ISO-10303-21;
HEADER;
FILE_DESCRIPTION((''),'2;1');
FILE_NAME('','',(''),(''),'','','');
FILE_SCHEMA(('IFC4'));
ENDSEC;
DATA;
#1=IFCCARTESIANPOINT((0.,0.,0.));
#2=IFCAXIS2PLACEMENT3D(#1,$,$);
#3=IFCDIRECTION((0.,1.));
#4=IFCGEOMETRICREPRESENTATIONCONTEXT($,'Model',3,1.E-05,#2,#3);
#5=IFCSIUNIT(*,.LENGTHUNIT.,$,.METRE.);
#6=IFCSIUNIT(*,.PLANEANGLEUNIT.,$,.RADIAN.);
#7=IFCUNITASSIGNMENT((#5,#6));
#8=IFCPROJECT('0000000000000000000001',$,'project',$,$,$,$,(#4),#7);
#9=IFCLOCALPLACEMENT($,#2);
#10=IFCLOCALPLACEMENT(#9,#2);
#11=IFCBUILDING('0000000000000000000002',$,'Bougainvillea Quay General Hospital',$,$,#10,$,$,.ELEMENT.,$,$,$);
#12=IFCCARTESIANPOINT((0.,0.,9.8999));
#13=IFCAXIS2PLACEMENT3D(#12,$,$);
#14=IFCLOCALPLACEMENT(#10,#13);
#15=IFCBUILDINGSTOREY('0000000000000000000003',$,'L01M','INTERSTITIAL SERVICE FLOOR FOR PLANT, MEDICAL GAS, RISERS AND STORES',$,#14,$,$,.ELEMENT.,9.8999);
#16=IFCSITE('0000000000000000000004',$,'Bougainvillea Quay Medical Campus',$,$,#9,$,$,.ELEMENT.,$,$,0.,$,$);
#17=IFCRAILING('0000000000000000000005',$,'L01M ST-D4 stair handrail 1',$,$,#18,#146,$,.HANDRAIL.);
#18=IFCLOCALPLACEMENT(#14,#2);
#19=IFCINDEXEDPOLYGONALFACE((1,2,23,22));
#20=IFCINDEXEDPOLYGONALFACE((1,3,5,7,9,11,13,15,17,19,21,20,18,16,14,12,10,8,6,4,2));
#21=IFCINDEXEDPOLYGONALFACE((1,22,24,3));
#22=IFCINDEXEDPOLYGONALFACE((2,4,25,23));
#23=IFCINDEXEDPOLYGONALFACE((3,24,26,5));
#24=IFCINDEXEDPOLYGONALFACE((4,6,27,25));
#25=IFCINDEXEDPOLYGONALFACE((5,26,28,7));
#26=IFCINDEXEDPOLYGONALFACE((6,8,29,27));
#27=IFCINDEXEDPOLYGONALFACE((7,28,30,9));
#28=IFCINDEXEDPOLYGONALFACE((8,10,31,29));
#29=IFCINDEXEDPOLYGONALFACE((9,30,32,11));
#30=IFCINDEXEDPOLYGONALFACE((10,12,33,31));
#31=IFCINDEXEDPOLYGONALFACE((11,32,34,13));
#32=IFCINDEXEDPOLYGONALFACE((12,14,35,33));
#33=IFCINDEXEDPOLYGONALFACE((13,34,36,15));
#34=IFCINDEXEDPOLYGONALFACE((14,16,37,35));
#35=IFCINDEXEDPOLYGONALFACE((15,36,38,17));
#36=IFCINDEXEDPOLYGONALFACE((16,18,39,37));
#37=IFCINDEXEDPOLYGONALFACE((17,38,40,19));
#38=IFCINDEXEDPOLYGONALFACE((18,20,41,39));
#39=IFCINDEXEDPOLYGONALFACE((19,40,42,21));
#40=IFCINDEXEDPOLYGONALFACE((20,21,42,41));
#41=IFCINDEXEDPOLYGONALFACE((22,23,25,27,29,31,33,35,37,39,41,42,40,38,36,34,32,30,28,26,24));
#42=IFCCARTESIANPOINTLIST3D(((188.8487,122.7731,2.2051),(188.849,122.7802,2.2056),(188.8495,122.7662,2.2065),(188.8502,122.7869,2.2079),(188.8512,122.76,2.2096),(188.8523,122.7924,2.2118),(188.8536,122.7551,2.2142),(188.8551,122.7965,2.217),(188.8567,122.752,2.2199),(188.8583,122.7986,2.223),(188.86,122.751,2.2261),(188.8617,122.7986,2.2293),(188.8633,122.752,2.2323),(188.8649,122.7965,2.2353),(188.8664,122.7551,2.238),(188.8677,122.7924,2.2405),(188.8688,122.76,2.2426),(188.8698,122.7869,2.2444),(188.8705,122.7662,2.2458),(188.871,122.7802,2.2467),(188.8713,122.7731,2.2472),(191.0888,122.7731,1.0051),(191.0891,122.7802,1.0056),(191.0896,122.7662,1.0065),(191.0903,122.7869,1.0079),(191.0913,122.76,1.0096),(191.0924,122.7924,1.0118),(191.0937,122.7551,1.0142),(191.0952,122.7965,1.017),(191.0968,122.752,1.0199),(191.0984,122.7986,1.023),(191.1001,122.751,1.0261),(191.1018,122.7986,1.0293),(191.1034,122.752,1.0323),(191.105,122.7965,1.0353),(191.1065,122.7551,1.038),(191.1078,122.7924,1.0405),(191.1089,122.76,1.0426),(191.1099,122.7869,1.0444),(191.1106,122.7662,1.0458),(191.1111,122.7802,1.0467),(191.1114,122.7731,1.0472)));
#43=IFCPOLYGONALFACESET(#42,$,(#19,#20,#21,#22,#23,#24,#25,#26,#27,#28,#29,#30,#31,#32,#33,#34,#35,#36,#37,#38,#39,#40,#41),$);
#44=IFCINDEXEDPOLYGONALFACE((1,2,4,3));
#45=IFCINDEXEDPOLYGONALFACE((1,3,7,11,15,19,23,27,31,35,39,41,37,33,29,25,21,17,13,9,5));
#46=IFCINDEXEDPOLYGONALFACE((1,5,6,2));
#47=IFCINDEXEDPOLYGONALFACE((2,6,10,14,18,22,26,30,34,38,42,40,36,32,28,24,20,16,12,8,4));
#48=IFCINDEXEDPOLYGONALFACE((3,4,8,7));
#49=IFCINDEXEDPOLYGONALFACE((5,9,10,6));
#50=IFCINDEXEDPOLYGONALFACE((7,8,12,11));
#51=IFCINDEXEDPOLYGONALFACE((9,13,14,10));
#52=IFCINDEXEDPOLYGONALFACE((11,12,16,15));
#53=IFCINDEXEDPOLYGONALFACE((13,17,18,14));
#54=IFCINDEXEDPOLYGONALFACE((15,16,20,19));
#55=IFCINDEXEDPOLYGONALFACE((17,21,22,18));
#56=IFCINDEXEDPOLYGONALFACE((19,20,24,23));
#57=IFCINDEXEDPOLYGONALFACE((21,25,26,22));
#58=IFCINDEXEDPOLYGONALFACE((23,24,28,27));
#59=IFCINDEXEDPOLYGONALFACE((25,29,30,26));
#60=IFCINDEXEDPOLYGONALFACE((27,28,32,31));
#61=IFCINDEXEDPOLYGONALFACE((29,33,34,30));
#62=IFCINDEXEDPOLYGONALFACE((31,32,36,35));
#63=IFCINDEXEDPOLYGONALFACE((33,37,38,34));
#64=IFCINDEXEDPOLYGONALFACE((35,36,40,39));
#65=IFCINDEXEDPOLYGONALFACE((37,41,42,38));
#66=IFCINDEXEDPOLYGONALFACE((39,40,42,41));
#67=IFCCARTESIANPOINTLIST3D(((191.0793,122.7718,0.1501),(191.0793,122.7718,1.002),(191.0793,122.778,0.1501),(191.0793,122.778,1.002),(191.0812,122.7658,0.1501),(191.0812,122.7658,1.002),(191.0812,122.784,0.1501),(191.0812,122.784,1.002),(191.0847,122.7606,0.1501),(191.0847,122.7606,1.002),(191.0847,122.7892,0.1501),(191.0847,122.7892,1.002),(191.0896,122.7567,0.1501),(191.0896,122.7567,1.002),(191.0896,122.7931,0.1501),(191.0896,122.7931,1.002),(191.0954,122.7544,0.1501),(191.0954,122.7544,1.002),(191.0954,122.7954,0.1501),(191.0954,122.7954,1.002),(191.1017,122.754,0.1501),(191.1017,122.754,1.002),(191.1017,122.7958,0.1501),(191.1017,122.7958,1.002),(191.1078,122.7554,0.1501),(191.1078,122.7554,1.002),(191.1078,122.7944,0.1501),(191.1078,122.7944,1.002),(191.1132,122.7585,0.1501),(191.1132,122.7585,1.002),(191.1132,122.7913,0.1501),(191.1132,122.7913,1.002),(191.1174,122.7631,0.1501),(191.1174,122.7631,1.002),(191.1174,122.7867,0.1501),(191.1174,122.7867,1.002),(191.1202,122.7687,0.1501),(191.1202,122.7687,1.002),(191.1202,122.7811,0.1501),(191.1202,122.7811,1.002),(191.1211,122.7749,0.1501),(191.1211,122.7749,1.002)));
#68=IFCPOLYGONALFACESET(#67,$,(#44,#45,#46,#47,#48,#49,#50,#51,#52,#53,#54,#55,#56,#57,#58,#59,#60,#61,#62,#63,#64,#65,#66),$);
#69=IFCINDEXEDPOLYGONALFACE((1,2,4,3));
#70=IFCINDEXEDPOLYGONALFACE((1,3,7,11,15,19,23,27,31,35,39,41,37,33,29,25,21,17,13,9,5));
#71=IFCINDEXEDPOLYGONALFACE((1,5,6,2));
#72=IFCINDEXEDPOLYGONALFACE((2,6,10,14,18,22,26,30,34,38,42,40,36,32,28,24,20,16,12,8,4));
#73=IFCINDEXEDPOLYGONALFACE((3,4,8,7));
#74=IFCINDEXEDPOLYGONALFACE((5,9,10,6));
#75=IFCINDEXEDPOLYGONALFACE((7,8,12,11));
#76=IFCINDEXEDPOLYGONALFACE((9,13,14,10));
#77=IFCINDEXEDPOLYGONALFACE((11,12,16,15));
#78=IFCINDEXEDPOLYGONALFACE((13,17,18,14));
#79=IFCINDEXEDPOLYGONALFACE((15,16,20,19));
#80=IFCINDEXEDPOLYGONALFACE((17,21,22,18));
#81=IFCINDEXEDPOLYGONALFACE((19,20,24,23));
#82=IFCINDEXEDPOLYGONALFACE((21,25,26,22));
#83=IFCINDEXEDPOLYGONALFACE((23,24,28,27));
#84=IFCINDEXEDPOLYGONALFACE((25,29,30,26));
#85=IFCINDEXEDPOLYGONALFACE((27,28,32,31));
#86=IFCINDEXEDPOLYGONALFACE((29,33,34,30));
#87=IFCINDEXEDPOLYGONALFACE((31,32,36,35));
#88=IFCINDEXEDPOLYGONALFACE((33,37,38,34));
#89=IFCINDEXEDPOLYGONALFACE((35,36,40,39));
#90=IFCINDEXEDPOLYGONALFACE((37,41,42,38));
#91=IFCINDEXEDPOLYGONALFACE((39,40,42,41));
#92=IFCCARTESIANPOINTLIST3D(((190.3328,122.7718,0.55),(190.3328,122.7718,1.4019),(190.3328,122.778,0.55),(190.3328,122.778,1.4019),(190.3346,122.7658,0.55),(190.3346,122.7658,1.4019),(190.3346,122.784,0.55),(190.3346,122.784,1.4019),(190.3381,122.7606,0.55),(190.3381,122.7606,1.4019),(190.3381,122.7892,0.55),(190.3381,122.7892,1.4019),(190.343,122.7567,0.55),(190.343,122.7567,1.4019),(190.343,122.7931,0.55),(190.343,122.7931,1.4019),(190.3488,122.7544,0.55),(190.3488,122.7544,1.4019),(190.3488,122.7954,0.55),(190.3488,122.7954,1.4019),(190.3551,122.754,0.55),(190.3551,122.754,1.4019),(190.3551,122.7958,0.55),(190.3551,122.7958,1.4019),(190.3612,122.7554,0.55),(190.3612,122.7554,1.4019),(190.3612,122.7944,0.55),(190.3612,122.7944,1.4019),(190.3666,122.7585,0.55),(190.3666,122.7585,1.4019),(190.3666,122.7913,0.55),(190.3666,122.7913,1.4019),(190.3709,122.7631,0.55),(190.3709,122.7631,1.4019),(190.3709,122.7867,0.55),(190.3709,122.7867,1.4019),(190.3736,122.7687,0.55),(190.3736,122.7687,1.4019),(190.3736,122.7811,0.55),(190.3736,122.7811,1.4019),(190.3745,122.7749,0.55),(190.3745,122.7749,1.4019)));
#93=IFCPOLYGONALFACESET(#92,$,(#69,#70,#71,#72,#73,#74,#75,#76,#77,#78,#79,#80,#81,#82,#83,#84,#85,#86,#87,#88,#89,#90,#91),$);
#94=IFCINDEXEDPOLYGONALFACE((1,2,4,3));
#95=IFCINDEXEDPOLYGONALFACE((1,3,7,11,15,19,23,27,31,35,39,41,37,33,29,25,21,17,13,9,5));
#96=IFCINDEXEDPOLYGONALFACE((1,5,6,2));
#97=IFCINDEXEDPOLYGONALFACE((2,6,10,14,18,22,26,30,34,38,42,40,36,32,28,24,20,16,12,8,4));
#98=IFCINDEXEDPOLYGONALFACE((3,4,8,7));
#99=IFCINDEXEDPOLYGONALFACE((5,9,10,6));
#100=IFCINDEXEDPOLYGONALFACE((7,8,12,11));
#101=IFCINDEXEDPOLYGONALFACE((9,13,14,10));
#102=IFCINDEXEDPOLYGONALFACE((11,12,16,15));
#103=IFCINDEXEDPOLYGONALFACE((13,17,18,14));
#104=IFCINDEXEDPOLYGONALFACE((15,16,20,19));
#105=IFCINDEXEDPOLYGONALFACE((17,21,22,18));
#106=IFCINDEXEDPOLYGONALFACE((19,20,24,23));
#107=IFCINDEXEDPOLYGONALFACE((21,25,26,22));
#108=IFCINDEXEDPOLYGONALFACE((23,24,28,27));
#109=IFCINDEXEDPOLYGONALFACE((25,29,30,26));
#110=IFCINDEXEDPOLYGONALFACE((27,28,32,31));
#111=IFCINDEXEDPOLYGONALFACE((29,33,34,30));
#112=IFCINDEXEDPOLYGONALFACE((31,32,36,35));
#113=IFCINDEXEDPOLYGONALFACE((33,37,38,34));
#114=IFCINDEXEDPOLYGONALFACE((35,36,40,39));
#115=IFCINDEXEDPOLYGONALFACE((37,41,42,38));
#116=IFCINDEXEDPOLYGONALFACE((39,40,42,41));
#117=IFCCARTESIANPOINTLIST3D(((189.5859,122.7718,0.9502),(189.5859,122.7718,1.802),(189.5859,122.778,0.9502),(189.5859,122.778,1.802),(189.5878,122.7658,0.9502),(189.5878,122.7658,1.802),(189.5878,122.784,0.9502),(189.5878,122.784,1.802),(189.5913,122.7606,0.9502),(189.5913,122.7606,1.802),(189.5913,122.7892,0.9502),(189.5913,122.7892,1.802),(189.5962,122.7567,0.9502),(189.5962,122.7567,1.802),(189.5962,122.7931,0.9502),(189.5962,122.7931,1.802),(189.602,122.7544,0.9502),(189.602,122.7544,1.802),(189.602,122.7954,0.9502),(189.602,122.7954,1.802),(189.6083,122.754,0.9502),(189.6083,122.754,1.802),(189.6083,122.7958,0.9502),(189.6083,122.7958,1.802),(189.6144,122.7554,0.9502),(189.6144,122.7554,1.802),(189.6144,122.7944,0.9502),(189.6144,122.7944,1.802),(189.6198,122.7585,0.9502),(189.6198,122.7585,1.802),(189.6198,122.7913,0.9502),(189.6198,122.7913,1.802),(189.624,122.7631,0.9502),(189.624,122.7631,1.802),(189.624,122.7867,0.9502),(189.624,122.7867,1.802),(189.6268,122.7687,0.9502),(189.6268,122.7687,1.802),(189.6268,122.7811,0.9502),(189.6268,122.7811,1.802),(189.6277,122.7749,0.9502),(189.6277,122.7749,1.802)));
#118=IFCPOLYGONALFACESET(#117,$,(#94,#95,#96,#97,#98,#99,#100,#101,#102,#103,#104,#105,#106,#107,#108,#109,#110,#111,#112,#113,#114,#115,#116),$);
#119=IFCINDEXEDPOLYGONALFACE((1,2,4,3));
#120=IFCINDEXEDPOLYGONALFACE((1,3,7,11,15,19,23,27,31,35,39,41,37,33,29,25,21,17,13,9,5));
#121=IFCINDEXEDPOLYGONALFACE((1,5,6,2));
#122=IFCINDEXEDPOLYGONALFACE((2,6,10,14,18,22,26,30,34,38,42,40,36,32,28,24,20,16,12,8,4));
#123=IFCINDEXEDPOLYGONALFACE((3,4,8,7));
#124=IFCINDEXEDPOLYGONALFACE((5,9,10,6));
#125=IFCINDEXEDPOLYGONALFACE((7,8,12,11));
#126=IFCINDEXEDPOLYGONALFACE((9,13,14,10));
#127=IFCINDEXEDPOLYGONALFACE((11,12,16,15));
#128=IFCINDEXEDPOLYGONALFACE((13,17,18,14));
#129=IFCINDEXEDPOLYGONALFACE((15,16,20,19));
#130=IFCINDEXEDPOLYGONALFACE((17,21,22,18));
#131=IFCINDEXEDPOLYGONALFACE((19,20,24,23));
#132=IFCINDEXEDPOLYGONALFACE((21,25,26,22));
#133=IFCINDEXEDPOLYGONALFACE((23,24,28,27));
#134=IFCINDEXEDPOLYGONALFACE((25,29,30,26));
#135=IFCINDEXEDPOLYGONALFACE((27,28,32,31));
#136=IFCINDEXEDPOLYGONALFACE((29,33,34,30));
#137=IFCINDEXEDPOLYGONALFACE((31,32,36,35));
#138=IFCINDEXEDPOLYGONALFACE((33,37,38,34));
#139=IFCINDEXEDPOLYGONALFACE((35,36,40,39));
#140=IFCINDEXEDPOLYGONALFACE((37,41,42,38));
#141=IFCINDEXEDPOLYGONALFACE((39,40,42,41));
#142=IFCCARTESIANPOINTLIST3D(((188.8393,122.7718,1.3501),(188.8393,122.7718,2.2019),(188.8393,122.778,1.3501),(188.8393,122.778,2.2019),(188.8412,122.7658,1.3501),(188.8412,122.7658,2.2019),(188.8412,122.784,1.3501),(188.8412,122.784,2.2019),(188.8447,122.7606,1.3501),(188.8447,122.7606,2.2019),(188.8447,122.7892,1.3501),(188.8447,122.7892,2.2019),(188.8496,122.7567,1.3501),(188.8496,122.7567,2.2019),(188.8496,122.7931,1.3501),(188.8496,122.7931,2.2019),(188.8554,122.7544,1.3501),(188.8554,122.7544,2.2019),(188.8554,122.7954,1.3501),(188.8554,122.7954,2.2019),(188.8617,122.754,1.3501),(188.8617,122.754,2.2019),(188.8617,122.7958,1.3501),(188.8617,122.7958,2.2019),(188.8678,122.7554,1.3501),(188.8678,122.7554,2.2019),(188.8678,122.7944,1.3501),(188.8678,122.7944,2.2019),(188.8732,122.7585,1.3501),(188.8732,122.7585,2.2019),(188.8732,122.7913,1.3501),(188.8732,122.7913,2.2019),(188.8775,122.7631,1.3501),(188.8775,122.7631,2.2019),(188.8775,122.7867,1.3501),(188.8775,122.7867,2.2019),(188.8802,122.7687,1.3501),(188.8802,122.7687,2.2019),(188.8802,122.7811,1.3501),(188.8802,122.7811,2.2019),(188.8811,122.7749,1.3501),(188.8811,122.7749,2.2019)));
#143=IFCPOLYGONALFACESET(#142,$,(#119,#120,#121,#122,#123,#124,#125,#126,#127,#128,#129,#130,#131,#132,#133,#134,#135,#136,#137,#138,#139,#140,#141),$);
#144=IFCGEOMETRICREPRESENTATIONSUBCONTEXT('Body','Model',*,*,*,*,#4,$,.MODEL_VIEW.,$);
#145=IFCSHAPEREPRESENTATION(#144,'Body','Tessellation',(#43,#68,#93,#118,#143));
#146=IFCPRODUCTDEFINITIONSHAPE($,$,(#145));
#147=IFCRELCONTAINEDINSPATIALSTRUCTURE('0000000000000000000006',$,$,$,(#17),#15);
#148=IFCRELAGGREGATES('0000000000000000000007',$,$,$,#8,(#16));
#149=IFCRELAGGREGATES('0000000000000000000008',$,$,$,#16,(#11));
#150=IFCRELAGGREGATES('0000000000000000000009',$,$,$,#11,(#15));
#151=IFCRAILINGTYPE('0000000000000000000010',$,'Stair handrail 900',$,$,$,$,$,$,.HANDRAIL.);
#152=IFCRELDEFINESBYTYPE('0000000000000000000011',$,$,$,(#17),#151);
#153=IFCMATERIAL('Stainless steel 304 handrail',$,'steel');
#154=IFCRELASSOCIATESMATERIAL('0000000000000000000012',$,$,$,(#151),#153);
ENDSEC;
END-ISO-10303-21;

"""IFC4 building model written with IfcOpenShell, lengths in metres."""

from ifc_helpers import new_model, si_unit, direction, frame, origin, origin_2d, place, context, subcontext, project, spatial, circle, extrude, material, type_object, element, save


model = new_model("IFC4")

# Units and contexts
model_context = context("Model", 3, precision=1e-05, world=origin(), true_north=direction((0.0, 1.0)))
body_context = subcontext(model_context, "Body", "Model", "MODEL_VIEW")
ifc_project = project(units=[si_unit("LENGTHUNIT", "METRE"), si_unit("PLANEANGLEUNIT", "RADIAN")], contexts=[model_context])

# Site, building, storey
site_placement = place(None, origin())
site = spatial("IfcSite", under=ifc_project, at=site_placement, Name="Bougainvillea Quay Medical Campus", CompositionType="ELEMENT", RefElevation=0.0)
building_placement = place(site_placement, origin())
building = spatial("IfcBuilding", under=site, at=building_placement, Name="Bougainvillea Quay General Hospital", CompositionType="ELEMENT")
storey_placement = place(building_placement, frame((0.0, 0.0, 9.8999)))
storey = spatial("IfcBuildingStorey", under=building, at=storey_placement, Name="L01M", Description="INTERSTITIAL SERVICE FLOOR FOR PLANT, MEDICAL GAS, RISERS AND STORES", CompositionType="ELEMENT", Elevation=9.8999)

# Railing
ifc_material_1 = material(Name="Stainless steel 304 handrail", Category="steel")
railing_type_1 = type_object("IfcRailingType", Name="Stair handrail 900", PredefinedType="HANDRAIL", material=ifc_material_1)
railing_1_placement = place(storey_placement, frame((191.1001, 122.7749, 0.1501)))
element("IfcRailing", 1, at=railing_1_placement, inside=storey, type_object=railing_type_1, Name="L01M ST-D4 stair handrail 1", PredefinedType="HANDRAIL", context=body_context, shape_type="SweptSolid", body=[
    extrude(circle(Radius=0.0239, at=origin_2d()), frame((0.0, 0.0, 0.876), z_axis=(-0.881487, 0.0, 0.472208), x_axis=(0.0, -1.0, 0.0)), (0.0, 0.0, 1.0), 2.5413),
    extrude(circle(Radius=0.021, at=origin_2d()), origin(), (0.0, 0.0, 1.0), 0.8518),
    extrude(circle(Radius=0.021, at=origin_2d()), frame((-0.7466, 0.0, 0.3999)), (0.0, 0.0, 1.0), 0.8518),
    extrude(circle(Radius=0.021, at=origin_2d()), frame((-1.4934, 0.0, 0.8)), (0.0, 0.0, 1.0), 0.8518),
    extrude(circle(Radius=0.021, at=origin_2d()), frame((-2.24, 0.0, 1.2)), (0.0, 0.0, 1.0), 0.8518),
])

save(model, "model.ifc")
